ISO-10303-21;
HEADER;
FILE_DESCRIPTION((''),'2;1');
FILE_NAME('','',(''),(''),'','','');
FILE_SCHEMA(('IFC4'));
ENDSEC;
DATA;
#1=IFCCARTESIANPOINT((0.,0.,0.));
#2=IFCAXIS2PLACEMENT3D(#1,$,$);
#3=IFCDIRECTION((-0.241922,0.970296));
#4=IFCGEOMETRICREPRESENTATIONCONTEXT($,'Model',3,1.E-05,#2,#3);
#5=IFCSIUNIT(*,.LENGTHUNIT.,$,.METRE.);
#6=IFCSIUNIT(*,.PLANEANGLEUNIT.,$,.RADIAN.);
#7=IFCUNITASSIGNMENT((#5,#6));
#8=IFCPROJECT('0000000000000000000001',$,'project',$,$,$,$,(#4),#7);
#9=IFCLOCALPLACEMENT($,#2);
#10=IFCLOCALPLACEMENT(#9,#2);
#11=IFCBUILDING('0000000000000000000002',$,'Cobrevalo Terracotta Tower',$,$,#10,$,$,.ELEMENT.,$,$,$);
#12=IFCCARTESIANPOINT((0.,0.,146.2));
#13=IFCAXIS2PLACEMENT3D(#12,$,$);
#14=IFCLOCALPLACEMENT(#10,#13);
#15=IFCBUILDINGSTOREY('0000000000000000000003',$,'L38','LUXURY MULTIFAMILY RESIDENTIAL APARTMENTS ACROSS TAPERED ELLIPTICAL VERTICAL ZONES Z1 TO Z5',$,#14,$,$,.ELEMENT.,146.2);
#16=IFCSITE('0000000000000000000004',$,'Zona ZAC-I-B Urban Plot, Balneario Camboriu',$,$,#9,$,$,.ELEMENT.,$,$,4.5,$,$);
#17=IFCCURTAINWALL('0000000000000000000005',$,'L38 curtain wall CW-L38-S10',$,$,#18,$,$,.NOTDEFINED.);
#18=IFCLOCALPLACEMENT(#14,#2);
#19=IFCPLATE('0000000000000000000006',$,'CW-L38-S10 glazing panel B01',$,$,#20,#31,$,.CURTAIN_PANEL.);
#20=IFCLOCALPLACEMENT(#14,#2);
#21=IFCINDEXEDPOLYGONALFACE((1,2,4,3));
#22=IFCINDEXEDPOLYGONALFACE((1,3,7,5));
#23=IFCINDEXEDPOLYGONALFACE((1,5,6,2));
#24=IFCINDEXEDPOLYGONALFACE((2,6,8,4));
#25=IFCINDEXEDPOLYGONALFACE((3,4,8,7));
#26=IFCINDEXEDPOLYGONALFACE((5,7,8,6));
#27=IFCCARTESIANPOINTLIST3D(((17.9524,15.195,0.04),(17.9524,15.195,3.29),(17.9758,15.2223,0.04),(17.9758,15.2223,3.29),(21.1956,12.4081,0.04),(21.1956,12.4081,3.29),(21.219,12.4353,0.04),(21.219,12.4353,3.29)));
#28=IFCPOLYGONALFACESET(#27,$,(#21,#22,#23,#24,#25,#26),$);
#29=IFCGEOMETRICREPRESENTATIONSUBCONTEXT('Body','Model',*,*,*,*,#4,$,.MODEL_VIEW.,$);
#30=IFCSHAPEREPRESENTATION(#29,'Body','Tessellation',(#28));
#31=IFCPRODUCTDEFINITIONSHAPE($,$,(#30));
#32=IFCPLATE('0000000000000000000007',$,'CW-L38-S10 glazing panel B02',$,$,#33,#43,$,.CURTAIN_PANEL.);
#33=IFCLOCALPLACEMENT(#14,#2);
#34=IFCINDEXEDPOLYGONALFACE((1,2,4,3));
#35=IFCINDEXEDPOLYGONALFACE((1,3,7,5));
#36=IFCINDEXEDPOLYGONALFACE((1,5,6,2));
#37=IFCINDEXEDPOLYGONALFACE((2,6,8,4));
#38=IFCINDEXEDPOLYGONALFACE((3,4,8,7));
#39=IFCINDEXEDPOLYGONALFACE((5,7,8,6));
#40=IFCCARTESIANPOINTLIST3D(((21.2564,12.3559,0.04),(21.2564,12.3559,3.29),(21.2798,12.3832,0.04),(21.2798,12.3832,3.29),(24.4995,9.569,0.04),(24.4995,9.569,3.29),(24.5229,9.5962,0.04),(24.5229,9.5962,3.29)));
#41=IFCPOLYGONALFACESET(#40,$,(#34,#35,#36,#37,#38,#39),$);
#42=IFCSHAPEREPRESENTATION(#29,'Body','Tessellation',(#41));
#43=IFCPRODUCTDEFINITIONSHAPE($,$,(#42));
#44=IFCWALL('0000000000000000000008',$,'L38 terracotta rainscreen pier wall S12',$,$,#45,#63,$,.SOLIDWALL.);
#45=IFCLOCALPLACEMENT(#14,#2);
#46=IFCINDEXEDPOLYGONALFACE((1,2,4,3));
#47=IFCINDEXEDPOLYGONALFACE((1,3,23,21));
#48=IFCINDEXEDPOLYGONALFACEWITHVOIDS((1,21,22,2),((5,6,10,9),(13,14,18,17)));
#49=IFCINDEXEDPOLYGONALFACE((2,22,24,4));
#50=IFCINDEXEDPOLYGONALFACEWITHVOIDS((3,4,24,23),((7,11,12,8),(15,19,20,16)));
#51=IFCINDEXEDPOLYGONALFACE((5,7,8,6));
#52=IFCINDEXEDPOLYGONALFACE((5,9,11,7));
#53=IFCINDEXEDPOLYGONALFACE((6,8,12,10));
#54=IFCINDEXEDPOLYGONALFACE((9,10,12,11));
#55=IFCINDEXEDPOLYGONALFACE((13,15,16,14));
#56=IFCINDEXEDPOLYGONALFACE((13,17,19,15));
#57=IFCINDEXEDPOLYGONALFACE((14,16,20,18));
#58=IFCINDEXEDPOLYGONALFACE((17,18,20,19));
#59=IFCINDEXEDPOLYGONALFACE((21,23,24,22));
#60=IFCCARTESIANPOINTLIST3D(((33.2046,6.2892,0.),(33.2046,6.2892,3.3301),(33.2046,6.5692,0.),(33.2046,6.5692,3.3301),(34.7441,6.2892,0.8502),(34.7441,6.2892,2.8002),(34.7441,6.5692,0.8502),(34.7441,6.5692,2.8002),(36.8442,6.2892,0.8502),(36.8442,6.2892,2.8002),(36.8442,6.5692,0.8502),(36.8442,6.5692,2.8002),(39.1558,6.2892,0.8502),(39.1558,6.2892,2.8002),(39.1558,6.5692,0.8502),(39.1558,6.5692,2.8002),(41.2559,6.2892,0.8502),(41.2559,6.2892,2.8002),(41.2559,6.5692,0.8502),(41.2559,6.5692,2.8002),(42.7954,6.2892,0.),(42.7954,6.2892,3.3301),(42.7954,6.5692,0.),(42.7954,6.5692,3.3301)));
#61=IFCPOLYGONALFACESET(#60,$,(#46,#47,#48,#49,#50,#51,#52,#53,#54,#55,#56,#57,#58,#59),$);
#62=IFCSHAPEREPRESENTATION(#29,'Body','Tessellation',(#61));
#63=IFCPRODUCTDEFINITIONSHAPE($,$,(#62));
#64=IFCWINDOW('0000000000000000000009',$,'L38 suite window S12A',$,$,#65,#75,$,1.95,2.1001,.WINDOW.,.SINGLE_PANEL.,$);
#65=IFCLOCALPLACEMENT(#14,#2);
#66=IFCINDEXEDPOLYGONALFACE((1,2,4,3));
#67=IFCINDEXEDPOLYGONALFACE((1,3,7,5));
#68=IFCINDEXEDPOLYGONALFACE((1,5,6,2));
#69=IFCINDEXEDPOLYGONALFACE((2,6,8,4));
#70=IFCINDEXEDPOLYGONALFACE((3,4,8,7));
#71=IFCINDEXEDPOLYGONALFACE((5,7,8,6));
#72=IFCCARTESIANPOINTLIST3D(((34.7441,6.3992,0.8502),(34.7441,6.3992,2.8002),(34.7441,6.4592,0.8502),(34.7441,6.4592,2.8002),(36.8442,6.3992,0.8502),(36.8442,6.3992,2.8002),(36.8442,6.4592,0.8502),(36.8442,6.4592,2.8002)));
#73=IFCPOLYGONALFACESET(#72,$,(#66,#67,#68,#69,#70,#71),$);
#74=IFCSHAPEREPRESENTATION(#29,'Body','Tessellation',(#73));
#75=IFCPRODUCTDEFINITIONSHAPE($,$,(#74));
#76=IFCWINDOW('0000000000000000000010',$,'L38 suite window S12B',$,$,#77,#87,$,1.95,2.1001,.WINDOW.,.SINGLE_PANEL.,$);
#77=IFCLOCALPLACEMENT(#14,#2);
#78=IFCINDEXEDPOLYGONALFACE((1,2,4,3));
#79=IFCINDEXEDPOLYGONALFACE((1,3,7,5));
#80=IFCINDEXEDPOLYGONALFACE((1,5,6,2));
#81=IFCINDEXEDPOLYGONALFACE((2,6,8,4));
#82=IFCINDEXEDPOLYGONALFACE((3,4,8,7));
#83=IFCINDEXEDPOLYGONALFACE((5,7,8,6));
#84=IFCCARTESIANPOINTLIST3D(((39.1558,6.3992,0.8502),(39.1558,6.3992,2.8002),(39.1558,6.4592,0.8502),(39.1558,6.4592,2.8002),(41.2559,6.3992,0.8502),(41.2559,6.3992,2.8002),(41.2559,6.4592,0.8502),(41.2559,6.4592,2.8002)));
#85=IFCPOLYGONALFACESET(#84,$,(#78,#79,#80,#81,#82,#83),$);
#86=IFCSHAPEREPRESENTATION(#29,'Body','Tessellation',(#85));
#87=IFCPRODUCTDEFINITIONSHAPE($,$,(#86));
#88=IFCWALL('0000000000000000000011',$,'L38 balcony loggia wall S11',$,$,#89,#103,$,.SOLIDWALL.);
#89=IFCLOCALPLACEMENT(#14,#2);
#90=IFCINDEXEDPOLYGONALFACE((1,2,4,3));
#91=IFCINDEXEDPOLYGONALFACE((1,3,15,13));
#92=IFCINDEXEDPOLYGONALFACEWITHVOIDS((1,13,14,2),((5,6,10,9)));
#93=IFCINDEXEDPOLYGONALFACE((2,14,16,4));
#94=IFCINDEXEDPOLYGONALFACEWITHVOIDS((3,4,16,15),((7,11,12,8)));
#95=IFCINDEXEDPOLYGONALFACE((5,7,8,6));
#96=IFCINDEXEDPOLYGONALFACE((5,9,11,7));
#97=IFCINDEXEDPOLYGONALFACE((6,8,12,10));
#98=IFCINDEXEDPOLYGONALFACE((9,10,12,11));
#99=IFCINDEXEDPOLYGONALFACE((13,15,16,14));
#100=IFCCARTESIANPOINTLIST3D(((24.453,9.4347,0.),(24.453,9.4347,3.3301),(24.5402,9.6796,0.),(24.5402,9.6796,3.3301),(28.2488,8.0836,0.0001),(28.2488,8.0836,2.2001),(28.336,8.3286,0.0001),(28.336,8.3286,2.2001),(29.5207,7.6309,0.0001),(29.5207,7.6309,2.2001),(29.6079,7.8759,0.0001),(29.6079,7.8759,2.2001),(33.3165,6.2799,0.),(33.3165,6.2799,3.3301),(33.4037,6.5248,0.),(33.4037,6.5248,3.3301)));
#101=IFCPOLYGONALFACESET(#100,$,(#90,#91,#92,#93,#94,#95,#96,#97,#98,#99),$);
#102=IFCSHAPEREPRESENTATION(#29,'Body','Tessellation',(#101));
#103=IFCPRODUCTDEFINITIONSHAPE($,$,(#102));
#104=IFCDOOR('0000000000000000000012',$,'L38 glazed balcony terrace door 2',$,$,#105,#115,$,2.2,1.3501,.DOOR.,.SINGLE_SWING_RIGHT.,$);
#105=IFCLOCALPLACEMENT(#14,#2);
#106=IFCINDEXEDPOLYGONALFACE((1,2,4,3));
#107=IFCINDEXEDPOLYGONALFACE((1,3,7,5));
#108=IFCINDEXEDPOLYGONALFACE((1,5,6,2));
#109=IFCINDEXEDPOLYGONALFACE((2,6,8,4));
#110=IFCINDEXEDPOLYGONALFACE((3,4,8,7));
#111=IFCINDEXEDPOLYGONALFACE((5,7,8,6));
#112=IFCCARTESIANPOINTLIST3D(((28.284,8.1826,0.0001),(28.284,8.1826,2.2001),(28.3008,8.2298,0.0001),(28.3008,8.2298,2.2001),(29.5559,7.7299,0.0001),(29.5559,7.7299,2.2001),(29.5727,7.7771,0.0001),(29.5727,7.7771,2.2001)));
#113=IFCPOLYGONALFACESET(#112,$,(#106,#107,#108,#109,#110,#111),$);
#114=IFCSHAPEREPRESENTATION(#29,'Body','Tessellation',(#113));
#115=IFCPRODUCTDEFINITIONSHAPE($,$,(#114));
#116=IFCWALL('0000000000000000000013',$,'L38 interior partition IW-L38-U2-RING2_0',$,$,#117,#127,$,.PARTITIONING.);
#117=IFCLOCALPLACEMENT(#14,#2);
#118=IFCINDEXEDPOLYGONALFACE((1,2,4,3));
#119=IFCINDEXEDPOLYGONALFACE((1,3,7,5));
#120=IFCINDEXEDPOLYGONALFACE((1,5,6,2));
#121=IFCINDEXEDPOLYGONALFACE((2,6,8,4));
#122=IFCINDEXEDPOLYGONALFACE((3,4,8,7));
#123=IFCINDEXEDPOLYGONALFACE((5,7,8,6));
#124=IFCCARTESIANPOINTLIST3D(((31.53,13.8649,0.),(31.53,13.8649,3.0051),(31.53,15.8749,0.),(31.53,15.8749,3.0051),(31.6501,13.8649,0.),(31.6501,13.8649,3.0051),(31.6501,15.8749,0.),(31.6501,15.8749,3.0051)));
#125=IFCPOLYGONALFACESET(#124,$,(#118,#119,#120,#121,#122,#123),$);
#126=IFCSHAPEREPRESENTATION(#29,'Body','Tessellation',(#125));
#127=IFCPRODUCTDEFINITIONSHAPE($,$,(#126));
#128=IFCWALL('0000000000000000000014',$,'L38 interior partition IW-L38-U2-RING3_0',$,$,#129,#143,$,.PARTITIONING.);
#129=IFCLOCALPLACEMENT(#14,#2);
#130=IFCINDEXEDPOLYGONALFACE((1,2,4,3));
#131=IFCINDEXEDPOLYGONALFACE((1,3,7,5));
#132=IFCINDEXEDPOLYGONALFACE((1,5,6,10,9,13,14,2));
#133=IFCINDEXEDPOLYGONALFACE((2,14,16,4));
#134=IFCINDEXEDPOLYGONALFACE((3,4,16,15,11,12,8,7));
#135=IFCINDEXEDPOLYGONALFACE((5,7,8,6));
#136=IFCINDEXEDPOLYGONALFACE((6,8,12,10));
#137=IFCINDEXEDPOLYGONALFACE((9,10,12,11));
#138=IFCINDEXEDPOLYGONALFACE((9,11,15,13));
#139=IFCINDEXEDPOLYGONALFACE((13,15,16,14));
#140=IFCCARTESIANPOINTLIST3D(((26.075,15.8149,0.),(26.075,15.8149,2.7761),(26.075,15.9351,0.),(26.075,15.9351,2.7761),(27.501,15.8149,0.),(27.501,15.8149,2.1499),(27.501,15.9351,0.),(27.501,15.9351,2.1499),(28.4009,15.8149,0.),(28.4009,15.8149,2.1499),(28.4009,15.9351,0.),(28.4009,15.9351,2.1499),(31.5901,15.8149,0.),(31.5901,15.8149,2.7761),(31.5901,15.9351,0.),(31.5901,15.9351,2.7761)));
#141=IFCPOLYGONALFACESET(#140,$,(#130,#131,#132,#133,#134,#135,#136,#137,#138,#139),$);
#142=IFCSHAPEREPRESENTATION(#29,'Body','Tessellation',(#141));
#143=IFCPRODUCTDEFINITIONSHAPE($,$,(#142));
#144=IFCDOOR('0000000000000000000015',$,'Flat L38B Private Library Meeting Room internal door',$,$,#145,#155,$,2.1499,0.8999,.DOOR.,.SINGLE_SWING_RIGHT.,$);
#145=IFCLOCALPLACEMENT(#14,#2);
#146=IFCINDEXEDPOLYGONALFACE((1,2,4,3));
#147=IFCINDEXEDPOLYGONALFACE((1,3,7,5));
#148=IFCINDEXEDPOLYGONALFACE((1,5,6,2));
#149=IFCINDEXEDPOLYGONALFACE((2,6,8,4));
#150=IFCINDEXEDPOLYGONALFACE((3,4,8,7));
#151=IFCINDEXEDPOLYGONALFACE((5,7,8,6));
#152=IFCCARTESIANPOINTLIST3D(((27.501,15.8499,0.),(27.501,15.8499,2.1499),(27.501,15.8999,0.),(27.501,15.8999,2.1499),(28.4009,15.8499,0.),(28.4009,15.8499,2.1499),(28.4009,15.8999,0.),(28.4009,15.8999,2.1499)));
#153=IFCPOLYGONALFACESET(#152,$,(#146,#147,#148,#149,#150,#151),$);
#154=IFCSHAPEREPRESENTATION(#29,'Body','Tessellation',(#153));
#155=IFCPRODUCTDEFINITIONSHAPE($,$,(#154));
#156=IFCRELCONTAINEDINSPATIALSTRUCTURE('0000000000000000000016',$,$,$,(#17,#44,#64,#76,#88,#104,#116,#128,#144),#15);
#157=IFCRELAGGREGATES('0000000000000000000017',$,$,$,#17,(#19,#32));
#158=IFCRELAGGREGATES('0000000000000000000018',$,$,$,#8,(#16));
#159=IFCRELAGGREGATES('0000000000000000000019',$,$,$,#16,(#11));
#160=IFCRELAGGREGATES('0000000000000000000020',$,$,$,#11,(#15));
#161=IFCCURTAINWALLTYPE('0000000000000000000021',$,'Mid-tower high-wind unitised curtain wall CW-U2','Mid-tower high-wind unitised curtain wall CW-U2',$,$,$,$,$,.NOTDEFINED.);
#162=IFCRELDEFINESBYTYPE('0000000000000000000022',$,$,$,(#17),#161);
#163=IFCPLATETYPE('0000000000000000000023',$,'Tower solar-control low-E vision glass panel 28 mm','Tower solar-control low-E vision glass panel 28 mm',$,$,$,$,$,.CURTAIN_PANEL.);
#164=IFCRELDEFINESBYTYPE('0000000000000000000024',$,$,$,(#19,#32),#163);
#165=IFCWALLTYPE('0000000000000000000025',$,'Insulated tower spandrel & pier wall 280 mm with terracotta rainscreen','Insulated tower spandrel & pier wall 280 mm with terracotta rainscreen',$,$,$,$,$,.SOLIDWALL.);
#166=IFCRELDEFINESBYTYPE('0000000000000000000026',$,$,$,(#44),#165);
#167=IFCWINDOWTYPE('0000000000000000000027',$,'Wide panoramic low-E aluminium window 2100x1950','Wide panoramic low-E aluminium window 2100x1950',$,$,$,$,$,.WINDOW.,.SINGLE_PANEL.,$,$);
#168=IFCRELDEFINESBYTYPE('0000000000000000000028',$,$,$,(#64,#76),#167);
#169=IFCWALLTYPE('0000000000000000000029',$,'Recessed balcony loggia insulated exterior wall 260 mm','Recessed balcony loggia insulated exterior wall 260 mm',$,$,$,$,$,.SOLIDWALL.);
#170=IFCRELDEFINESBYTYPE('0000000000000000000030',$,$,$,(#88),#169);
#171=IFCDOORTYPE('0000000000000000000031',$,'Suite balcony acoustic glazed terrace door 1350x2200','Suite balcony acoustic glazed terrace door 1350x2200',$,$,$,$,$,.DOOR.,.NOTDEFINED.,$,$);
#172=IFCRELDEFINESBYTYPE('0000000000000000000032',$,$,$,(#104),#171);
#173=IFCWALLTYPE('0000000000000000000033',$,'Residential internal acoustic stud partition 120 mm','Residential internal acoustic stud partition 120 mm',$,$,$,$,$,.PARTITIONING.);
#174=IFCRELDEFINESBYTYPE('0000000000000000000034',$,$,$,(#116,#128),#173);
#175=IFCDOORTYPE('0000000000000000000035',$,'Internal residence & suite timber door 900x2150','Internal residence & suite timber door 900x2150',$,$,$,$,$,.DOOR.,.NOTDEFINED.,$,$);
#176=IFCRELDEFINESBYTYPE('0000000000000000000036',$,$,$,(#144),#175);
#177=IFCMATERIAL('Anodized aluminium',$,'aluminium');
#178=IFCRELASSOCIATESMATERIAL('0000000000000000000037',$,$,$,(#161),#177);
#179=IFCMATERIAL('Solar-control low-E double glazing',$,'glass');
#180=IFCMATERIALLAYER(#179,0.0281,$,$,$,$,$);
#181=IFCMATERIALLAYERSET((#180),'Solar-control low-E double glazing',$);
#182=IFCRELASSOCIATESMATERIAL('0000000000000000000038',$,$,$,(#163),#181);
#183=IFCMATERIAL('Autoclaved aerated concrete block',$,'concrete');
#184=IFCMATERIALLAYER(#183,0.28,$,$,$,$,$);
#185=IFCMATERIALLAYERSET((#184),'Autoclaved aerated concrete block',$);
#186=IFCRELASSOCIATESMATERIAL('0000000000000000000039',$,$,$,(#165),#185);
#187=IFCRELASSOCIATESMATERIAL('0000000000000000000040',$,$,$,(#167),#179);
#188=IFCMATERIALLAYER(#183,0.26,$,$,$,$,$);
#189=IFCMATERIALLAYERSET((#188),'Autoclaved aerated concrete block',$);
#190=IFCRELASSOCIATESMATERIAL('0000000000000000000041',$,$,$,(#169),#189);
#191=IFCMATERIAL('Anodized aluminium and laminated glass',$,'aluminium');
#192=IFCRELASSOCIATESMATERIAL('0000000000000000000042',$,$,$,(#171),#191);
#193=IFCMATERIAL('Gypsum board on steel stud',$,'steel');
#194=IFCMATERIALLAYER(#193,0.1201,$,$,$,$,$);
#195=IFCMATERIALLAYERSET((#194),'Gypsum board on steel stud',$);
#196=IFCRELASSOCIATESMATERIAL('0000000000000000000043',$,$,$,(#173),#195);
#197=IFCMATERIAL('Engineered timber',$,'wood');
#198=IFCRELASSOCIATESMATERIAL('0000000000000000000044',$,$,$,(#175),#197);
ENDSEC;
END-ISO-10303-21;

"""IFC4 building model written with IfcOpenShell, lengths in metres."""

from ifc_helpers import new_model, si_unit, direction, frame, frame_2d, origin, origin_2d, place, context, subcontext, project, spatial, rectangle, extrude, source, transform, mapped, material, layer, layer_set, type_object, element, fill, aggregate, save


model = new_model("IFC4")

# Units and contexts
model_context = context("Model", 3, precision=1e-05, world=origin(), true_north=direction((-0.241922, 0.970296)))
body_context = subcontext(model_context, "Body", "Model", "MODEL_VIEW")
ifc_project = project(units=[si_unit("LENGTHUNIT", "METRE"), si_unit("PLANEANGLEUNIT", "RADIAN")], contexts=[model_context])

# Site, building, storey
site_placement = place(None, origin())
site = spatial("IfcSite", under=ifc_project, at=site_placement, Name="Zona ZAC-I-B Urban Plot, Balneario Camboriu", CompositionType="ELEMENT", RefElevation=4.5)
building_placement = place(site_placement, origin())
building = spatial("IfcBuilding", under=site, at=building_placement, Name="Cobrevalo Terracotta Tower", CompositionType="ELEMENT")
storey_placement = place(building_placement, frame((0.0, 0.0, 146.2)))
storey = spatial("IfcBuildingStorey", under=building, at=storey_placement, Name="L38", Description="LUXURY MULTIFAMILY RESIDENTIAL APARTMENTS ACROSS TAPERED ELLIPTICAL VERTICAL ZONES Z1 TO Z5", CompositionType="ELEMENT", Elevation=146.2)

# Curtain wall, plates
ifc_material_1 = material(Name="Anodized aluminium", Category="aluminium")
curtain_wall_type = type_object("IfcCurtainWallType", Name="Mid-tower high-wind unitised curtain wall CW-U2", Description="Mid-tower high-wind unitised curtain wall CW-U2", PredefinedType="NOTDEFINED", material=ifc_material_1)
curtain_wall_placement = place(storey_placement, origin())
curtain_wall = element("IfcCurtainWall", 1, at=curtain_wall_placement, inside=storey, type_object=curtain_wall_type, Name="L38 curtain wall CW-L38-S10", PredefinedType="NOTDEFINED")
ifc_material_2 = material(Name="Solar-control low-E double glazing", Category="glass")
ifc_layer_1 = layer(ifc_material_2, 0.0281)
ifc_layer_set_1 = layer_set([ifc_layer_1], Name="Solar-control low-E double glazing")
plate_type = type_object("IfcPlateType", Name="Tower solar-control low-E vision glass panel 28 mm", Description="Tower solar-control low-E vision glass panel 28 mm", PredefinedType="CURTAIN_PANEL", material=ifc_layer_set_1)
shared_shape_1 = source(origin(), body_context, "Body", "SweptSolid", [
    extrude(rectangle(XDim=4.2761, YDim=0.0359, at=origin_2d()), origin(), (0.0, 0.0, 1.0), 3.25),
])
plate_1_placement = place(storey_placement, frame((19.5857, 13.8152, 0.04), z_axis=(0.0, 0.0, 1.0), x_axis=(0.758437, -0.651746, 0.0)))
plate_1 = element("IfcPlate", 2, at=plate_1_placement, type_object=plate_type, Name="CW-L38-S10 glazing panel B01", PredefinedType="CURTAIN_PANEL", context=body_context, shape_type="MappedRepresentation", body=[
    mapped(shared_shape_1, transform((0.0, 0.0, 0.0), scale=1.0)),
])
plate_2_placement = place(storey_placement, frame((22.8896, 10.9761, 0.04), z_axis=(0.0, 0.0, 1.0), x_axis=(0.758437, -0.651746, 0.0)))
plate_2 = element("IfcPlate", 3, at=plate_2_placement, type_object=plate_type, Name="CW-L38-S10 glazing panel B02", PredefinedType="CURTAIN_PANEL", context=body_context, shape_type="MappedRepresentation", body=[
    mapped(shared_shape_1, transform((0.0, 0.0, 0.0), scale=1.0)),
])
aggregate(curtain_wall, [plate_1, plate_2])

# Wall, openings, windows
ifc_material_3 = material(Name="Autoclaved aerated concrete block", Category="concrete")
ifc_layer_2 = layer(ifc_material_3, 0.28)
ifc_layer_set_2 = layer_set([ifc_layer_2], Name="Autoclaved aerated concrete block")
wall_type_1 = type_object("IfcWallType", Name="Insulated tower spandrel & pier wall 280 mm with terracotta rainscreen", Description="Insulated tower spandrel & pier wall 280 mm with terracotta rainscreen", PredefinedType="SOLIDWALL", material=ifc_layer_set_2)
wall_1_placement = place(storey_placement, frame((33.2046, 6.4292, 0.0), z_axis=(0.0, 0.0, 1.0), x_axis=(1.0, 0.0, 0.0)))
wall_1 = element("IfcWall", 4, at=wall_1_placement, inside=storey, type_object=wall_type_1, Name="L38 terracotta rainscreen pier wall S12", PredefinedType="SOLIDWALL", context=body_context, shape_type="SweptSolid", body=[
    extrude(rectangle(XDim=9.5908, YDim=0.28, at=frame_2d((4.7954, 0.0))), origin(), (0.0, 0.0, 1.0), 3.3301),
])
opening_1_placement = place(wall_1_placement, frame((1.5396, 0.0, 0.8501)))
opening_1 = element("IfcOpeningElement", 5, at=opening_1_placement, cuts=wall_1, PredefinedType="OPENING", context=body_context, shape_type="SweptSolid", body=[
    extrude(rectangle(XDim=2.1001, YDim=1.95, at=frame_2d((1.05, 0.9751))), frame((0.0, 0.1499, 0.0), z_axis=(0.0, -1.0, 0.0), x_axis=(1.0, 0.0, 0.0)), (0.0, 0.0, 1.0), 0.3),
])
opening_2_placement = place(wall_1_placement, frame((5.9512, 0.0, 0.8501)))
opening_2 = element("IfcOpeningElement", 6, at=opening_2_placement, cuts=wall_1, PredefinedType="OPENING", context=body_context, shape_type="SweptSolid", body=[
    extrude(rectangle(XDim=2.1001, YDim=1.95, at=frame_2d((1.05, 0.9751))), frame((0.0, 0.1499, 0.0), z_axis=(0.0, -1.0, 0.0), x_axis=(1.0, 0.0, 0.0)), (0.0, 0.0, 1.0), 0.3),
])
window_type = type_object("IfcWindowType", Name="Wide panoramic low-E aluminium window 2100x1950", Description="Wide panoramic low-E aluminium window 2100x1950", PartitioningType="SINGLE_PANEL", PredefinedType="WINDOW", material=ifc_material_2)
shared_shape_2 = source(origin(), body_context, "Body", "SweptSolid", [
    extrude(rectangle(XDim=2.1001, YDim=1.95, at=frame_2d((1.05, 0.9751))), frame((0.0, 0.03, 0.0), z_axis=(0.0, -1.0, 0.0), x_axis=(1.0, 0.0, 0.0)), (0.0, 0.0, 1.0), 0.0601),
])
window_1_placement = place(opening_1_placement, origin())
window_1 = element("IfcWindow", 7, at=window_1_placement, inside=storey, type_object=window_type, Name="L38 suite window S12A", OverallHeight=1.95, OverallWidth=2.1001, PartitioningType="SINGLE_PANEL", PredefinedType="WINDOW", context=body_context, shape_type="MappedRepresentation", body=[
    mapped(shared_shape_2, transform((0.0, 0.0, 0.0), scale=1.0)),
])
fill(opening_1, window_1)
window_2_placement = place(opening_2_placement, origin())
window_2 = element("IfcWindow", 8, at=window_2_placement, inside=storey, type_object=window_type, Name="L38 suite window S12B", OverallHeight=1.95, OverallWidth=2.1001, PartitioningType="SINGLE_PANEL", PredefinedType="WINDOW", context=body_context, shape_type="MappedRepresentation", body=[
    mapped(shared_shape_2, transform((0.0, 0.0, 0.0), scale=1.0)),
])
fill(opening_2, window_2)

# Wall, opening, door
ifc_layer_3 = layer(ifc_material_3, 0.26)
ifc_layer_set_3 = layer_set([ifc_layer_3], Name="Autoclaved aerated concrete block")
wall_type_2 = type_object("IfcWallType", Name="Recessed balcony loggia insulated exterior wall 260 mm", Description="Recessed balcony loggia insulated exterior wall 260 mm", PredefinedType="SOLIDWALL", material=ifc_layer_set_3)
wall_2_placement = place(storey_placement, frame((24.4966, 9.5571, 0.0), z_axis=(0.0, 0.0, 1.0), x_axis=(0.942104, -0.335322, 0.0)))
wall_2 = element("IfcWall", 9, at=wall_2_placement, inside=storey, type_object=wall_type_2, Name="L38 balcony loggia wall S11", PredefinedType="SOLIDWALL", context=body_context, shape_type="SweptSolid", body=[
    extrude(rectangle(XDim=9.4082, YDim=0.26, at=frame_2d((4.7041, 0.0))), origin(), (0.0, 0.0, 1.0), 3.3301),
])
opening_3_placement = place(wall_2_placement, frame((4.0291, 0.0, 0.0)))
opening_3 = element("IfcOpeningElement", 10, at=opening_3_placement, cuts=wall_2, PredefinedType="OPENING", context=body_context, shape_type="SweptSolid", body=[
    extrude(rectangle(XDim=1.3501, YDim=2.2, at=frame_2d((0.675, 1.1001))), frame((0.0, 0.1401, 0.0), z_axis=(0.0, -1.0, 0.0), x_axis=(1.0, 0.0, 0.0)), (0.0, 0.0, 1.0), 0.28),
])
ifc_material_4 = material(Name="Anodized aluminium and laminated glass", Category="aluminium")
door_type_1 = type_object("IfcDoorType", Name="Suite balcony acoustic glazed terrace door 1350x2200", Description="Suite balcony acoustic glazed terrace door 1350x2200", OperationType="NOTDEFINED", PredefinedType="DOOR", material=ifc_material_4)
shared_shape_3 = source(origin(), body_context, "Body", "SweptSolid", [
    extrude(rectangle(XDim=1.3501, YDim=2.2, at=frame_2d((0.675, 1.1001))), frame((0.0, 0.0249, 0.0), z_axis=(0.0, -1.0, 0.0), x_axis=(1.0, 0.0, 0.0)), (0.0, 0.0, 1.0), 0.05),
])
door_1_placement = place(opening_3_placement, frame((1.3501, 0.0, 0.0), z_axis=(0.0, 0.0, 1.0), x_axis=(-1.0, 0.0, 0.0)))
door_1 = element("IfcDoor", 11, at=door_1_placement, inside=storey, type_object=door_type_1, Name="L38 glazed balcony terrace door 2", OperationType="SINGLE_SWING_RIGHT", OverallHeight=2.2, OverallWidth=1.3501, PredefinedType="DOOR", context=body_context, shape_type="MappedRepresentation", body=[
    mapped(shared_shape_3, transform((0.0, 0.0, 0.0), scale=1.0)),
])
fill(opening_3, door_1)

# Wall
ifc_material_5 = material(Name="Gypsum board on steel stud", Category="steel")
ifc_layer_4 = layer(ifc_material_5, 0.1201)
ifc_layer_set_4 = layer_set([ifc_layer_4], Name="Gypsum board on steel stud")
wall_type_3 = type_object("IfcWallType", Name="Residential internal acoustic stud partition 120 mm", Description="Residential internal acoustic stud partition 120 mm", PredefinedType="PARTITIONING", material=ifc_layer_set_4)
wall_3_placement = place(storey_placement, frame((31.5901, 13.865, 0.0), z_axis=(0.0, 0.0, 1.0), x_axis=(0.0, 1.0, 0.0)))
element("IfcWall", 12, at=wall_3_placement, inside=storey, type_object=wall_type_3, Name="L38 interior partition IW-L38-U2-RING2_0", PredefinedType="PARTITIONING", context=body_context, shape_type="SweptSolid", body=[
    extrude(rectangle(XDim=2.01, YDim=0.1201, at=frame_2d((1.0049, 0.0))), origin(), (0.0, 0.0, 1.0), 3.0051),
])

# Wall, opening, door
wall_4_placement = place(storey_placement, frame((31.5901, 15.875, 0.0), z_axis=(0.0, 0.0, 1.0), x_axis=(-1.0, 0.0, 0.0)))
wall_4 = element("IfcWall", 13, at=wall_4_placement, inside=storey, type_object=wall_type_3, Name="L38 interior partition IW-L38-U2-RING3_0", PredefinedType="PARTITIONING", context=body_context, shape_type="SweptSolid", body=[
    extrude(rectangle(XDim=5.5151, YDim=0.1201, at=frame_2d((2.7576, 0.0))), origin(), (0.0, 0.0, 1.0), 2.7761),
])
opening_4_placement = place(wall_4_placement, frame((3.1892, 0.0, 0.0)))
opening_4 = element("IfcOpeningElement", 14, at=opening_4_placement, cuts=wall_4, PredefinedType="OPENING", context=body_context, shape_type="SweptSolid", body=[
    extrude(rectangle(XDim=0.8999, YDim=2.1499, at=frame_2d((0.45, 1.075))), frame((0.0, 0.0701, 0.0), z_axis=(0.0, -1.0, 0.0), x_axis=(1.0, 0.0, 0.0)), (0.0, 0.0, 1.0), 0.1401),
])
ifc_material_6 = material(Name="Engineered timber", Category="wood")
door_type_2 = type_object("IfcDoorType", Name="Internal residence & suite timber door 900x2150", Description="Internal residence & suite timber door 900x2150", OperationType="NOTDEFINED", PredefinedType="DOOR", material=ifc_material_6)
shared_shape_4 = source(origin(), body_context, "Body", "SweptSolid", [
    extrude(rectangle(XDim=0.8999, YDim=2.1499, at=frame_2d((0.45, 1.075))), frame((0.0, 0.0249, 0.0), z_axis=(0.0, -1.0, 0.0), x_axis=(1.0, 0.0, 0.0)), (0.0, 0.0, 1.0), 0.05),
])
door_2_placement = place(opening_4_placement, frame((0.8999, 0.0, 0.0), z_axis=(0.0, 0.0, 1.0), x_axis=(-1.0, 0.0, 0.0)))
door_2 = element("IfcDoor", 15, at=door_2_placement, inside=storey, type_object=door_type_2, Name="Flat L38B Private Library Meeting Room internal door", OperationType="SINGLE_SWING_RIGHT", OverallHeight=2.1499, OverallWidth=0.8999, PredefinedType="DOOR", context=body_context, shape_type="MappedRepresentation", body=[
    mapped(shared_shape_4, transform((0.0, 0.0, 0.0), scale=1.0)),
])
fill(opening_4, door_2)

save(model, "model.ifc")
